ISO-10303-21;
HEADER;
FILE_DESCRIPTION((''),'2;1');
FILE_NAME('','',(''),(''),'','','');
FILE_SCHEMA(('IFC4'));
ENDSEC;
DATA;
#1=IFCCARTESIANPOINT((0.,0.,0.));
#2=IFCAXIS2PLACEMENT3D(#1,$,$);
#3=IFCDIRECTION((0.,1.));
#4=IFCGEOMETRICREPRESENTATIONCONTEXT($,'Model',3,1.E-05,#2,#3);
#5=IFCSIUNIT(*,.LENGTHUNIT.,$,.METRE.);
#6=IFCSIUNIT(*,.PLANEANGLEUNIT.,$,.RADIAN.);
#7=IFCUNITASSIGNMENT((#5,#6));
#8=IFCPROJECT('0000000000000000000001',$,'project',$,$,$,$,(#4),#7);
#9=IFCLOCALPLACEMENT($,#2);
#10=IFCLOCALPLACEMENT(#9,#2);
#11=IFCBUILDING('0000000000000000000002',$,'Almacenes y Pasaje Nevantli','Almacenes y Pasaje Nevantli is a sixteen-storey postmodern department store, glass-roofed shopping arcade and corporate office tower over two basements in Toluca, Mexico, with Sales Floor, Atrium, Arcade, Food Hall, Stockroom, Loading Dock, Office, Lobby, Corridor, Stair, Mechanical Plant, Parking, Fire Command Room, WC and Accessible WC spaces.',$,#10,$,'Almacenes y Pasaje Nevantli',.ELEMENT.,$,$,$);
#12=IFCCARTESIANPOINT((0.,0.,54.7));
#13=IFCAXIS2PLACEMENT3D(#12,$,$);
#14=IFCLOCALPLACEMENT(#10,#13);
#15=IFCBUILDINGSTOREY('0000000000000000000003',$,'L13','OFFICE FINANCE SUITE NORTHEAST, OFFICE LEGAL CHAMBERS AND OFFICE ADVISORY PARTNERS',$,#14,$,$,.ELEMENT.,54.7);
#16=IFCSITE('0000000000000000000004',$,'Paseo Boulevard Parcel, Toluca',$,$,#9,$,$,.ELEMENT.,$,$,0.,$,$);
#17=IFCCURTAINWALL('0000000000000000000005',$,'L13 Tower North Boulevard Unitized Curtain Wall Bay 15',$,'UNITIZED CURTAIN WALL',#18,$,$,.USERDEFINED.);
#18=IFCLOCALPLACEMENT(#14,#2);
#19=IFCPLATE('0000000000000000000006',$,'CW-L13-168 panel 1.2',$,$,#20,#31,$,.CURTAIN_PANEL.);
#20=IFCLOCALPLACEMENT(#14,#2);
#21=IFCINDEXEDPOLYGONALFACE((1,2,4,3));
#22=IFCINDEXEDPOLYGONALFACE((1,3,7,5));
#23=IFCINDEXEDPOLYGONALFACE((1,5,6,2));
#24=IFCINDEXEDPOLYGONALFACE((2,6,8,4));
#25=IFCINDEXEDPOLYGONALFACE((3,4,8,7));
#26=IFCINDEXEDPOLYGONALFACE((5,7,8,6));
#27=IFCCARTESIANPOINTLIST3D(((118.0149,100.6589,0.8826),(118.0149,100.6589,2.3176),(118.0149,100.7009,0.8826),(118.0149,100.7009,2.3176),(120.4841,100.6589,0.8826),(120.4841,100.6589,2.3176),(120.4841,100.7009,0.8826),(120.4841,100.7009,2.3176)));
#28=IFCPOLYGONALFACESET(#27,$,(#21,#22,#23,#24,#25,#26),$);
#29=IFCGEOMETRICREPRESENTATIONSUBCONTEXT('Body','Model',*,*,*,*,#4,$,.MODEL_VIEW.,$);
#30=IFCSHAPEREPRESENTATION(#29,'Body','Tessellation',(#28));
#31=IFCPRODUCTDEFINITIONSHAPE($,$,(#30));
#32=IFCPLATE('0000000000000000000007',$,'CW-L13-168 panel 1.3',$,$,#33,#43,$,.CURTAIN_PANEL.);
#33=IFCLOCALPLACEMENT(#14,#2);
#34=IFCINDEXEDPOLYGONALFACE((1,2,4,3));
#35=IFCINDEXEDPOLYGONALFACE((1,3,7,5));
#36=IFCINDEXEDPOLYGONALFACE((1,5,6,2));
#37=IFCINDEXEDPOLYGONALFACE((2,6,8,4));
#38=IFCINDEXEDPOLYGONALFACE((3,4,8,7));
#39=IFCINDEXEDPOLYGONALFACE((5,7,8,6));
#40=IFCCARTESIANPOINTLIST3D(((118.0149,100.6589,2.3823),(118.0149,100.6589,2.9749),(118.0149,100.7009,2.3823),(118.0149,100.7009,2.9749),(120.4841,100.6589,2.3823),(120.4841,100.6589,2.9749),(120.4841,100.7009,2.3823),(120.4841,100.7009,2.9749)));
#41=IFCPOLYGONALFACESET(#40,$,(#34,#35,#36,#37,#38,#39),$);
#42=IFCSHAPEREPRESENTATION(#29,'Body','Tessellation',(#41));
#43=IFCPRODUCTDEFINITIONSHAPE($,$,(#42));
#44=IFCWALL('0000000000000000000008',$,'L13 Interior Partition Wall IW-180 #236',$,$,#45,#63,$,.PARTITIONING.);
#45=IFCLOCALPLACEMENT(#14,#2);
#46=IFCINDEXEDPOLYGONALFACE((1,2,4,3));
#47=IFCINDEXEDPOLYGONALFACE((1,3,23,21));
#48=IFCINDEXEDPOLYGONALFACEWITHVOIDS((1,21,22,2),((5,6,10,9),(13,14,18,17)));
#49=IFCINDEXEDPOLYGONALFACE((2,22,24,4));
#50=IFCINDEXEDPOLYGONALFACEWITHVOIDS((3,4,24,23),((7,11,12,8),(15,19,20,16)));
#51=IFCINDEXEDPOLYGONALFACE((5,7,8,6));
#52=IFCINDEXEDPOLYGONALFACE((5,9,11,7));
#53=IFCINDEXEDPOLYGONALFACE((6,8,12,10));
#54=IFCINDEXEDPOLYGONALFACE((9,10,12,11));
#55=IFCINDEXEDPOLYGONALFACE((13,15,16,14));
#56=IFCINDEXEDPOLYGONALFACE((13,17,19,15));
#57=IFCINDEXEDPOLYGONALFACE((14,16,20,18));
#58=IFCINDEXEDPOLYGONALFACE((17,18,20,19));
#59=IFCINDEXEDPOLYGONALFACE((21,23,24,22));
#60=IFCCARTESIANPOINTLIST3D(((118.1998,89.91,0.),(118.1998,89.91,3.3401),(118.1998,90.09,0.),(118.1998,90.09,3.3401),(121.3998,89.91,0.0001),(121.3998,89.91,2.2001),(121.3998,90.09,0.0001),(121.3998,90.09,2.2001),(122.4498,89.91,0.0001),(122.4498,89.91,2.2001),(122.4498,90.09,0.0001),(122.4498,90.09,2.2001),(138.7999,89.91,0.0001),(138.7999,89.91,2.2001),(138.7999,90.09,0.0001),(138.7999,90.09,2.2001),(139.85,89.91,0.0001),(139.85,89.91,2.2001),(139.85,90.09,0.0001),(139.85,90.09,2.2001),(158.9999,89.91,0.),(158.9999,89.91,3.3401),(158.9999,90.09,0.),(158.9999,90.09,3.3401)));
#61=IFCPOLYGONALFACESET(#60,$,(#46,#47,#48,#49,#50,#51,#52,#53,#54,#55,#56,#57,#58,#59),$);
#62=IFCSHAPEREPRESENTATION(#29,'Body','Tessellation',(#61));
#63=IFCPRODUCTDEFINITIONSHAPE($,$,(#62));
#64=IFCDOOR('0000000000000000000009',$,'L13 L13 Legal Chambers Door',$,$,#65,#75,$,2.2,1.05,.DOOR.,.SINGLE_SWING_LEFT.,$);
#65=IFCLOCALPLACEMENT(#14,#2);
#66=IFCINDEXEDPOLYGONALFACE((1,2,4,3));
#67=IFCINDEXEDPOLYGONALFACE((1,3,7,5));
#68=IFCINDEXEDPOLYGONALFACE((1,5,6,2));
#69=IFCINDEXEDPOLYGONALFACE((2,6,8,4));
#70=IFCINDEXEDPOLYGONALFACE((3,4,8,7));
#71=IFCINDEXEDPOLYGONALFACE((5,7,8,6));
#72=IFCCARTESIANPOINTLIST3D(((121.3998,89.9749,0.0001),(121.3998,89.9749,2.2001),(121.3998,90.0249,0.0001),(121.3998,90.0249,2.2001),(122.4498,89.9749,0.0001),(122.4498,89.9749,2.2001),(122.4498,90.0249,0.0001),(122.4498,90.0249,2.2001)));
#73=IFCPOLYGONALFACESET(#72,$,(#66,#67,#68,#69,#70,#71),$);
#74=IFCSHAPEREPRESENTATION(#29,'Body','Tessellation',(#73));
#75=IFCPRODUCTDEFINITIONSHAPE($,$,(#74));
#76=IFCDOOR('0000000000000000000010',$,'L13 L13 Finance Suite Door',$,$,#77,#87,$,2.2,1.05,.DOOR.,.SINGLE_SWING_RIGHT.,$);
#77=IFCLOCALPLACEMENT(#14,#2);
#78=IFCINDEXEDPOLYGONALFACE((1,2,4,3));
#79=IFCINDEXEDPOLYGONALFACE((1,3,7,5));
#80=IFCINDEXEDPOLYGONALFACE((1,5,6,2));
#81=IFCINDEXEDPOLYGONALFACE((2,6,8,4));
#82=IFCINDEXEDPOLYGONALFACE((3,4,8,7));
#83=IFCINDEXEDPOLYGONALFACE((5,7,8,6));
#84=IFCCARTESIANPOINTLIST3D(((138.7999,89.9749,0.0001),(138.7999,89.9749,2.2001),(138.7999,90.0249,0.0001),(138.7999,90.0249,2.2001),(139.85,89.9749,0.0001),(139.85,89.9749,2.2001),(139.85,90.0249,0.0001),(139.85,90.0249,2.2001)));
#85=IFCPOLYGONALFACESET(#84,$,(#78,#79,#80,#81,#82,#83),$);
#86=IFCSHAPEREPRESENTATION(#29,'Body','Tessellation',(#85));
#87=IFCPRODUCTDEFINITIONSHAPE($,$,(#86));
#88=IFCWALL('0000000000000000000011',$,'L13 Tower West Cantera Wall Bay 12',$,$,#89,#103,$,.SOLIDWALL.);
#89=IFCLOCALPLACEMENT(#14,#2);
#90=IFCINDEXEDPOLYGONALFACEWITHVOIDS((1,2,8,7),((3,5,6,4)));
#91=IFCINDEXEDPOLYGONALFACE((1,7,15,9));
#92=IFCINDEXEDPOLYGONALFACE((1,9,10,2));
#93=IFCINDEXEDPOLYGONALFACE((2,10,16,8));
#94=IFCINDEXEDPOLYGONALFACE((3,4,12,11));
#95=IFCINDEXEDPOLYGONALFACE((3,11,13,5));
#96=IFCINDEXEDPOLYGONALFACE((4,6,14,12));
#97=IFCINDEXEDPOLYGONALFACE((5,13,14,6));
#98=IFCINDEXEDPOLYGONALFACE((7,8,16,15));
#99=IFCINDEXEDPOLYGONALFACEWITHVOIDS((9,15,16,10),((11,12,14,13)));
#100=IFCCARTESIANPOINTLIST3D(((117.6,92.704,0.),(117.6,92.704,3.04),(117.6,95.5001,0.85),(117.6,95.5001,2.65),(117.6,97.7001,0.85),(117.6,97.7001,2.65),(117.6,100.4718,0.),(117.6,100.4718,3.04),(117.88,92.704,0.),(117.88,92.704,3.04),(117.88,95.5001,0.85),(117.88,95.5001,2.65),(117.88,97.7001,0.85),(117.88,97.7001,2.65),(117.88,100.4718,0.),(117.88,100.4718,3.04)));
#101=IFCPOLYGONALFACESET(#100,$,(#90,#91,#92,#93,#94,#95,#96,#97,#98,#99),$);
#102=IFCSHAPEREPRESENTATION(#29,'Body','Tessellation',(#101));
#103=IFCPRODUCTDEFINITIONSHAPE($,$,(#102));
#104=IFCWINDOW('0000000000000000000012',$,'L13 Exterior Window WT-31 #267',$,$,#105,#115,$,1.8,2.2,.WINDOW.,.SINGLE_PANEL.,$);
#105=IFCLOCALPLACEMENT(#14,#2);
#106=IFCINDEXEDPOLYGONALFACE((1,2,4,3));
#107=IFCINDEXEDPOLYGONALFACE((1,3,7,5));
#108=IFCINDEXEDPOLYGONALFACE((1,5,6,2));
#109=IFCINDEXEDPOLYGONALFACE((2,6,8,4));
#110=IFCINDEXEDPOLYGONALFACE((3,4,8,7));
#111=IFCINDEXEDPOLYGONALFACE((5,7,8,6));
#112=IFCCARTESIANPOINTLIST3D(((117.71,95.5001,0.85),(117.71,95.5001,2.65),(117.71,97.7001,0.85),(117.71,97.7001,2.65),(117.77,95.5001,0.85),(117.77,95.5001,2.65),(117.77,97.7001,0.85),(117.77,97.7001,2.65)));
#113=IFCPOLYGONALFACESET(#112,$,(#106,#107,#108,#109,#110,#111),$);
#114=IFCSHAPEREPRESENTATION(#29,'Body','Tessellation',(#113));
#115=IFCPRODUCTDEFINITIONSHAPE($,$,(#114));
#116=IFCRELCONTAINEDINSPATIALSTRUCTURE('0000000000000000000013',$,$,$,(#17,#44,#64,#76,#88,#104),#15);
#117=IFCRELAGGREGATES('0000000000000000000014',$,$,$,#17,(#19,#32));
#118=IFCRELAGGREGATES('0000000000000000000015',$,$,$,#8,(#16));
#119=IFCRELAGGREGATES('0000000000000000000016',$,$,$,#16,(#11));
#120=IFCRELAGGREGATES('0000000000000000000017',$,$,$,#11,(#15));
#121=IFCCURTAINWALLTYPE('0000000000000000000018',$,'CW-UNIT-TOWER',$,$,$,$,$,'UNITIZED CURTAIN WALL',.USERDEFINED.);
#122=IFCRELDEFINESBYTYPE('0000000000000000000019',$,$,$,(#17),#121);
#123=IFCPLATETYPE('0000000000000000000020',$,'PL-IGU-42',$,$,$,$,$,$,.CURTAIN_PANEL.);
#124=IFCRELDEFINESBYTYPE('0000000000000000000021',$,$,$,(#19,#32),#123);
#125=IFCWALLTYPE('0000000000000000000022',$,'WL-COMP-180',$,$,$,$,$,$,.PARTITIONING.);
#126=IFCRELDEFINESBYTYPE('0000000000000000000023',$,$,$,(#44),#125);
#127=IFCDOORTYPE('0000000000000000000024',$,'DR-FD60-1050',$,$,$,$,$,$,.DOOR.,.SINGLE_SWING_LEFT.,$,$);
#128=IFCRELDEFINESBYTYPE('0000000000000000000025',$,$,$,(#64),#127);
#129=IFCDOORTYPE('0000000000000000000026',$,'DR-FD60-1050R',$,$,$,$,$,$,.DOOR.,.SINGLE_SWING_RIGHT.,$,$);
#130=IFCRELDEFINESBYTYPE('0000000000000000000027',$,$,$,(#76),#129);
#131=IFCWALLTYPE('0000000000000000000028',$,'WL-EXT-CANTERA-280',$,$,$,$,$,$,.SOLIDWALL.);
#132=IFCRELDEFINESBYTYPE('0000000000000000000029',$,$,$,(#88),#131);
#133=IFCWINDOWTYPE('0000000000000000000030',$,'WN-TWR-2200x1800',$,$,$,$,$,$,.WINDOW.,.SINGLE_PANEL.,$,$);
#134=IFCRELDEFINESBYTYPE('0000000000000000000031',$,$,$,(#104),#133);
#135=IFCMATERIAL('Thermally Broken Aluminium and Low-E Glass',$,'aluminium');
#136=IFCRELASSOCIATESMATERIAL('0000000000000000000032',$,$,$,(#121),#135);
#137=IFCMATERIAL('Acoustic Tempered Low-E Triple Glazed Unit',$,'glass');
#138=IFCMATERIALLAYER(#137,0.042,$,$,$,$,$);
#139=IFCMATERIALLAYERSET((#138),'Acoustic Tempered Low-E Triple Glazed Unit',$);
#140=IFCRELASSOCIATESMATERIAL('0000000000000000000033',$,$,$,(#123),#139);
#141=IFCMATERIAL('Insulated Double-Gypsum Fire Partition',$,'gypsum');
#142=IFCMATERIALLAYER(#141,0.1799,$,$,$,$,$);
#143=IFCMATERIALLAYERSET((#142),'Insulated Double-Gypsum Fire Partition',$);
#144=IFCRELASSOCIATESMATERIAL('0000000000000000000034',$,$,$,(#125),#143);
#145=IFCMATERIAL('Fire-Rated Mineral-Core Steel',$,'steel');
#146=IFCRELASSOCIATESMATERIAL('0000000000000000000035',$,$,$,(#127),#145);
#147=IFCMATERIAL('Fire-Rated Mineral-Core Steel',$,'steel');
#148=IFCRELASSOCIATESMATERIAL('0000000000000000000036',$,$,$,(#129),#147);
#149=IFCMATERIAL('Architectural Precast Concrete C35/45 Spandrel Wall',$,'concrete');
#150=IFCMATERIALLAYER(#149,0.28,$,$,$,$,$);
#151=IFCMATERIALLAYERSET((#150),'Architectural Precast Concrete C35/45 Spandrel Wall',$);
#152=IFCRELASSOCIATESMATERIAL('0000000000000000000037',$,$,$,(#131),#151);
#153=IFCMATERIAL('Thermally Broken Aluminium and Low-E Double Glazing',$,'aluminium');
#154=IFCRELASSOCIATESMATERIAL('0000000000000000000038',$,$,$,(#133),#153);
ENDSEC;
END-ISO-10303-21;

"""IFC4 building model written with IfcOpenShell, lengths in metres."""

from ifc_helpers import new_model, si_unit, direction, frame, frame_2d, origin, origin_2d, place, context, subcontext, project, spatial, rectangle, extrude, material, layer, layer_set, type_object, element, fill, aggregate, save


model = new_model("IFC4")

# Units and contexts
model_context = context("Model", 3, precision=1e-05, world=origin(), true_north=direction((0.0, 1.0)))
body_context = subcontext(model_context, "Body", "Model", "MODEL_VIEW")
ifc_project = project(units=[si_unit("LENGTHUNIT", "METRE"), si_unit("PLANEANGLEUNIT", "RADIAN")], contexts=[model_context])

# Site, building, storey
site_placement = place(None, origin())
site = spatial("IfcSite", under=ifc_project, at=site_placement, Name="Paseo Boulevard Parcel, Toluca", CompositionType="ELEMENT", RefElevation=0.0)
building_placement = place(site_placement, origin())
building = spatial("IfcBuilding", under=site, at=building_placement, Name="Almacenes y Pasaje Nevantli", Description="Almacenes y Pasaje Nevantli is a sixteen-storey postmodern department store, glass-roofed shopping arcade and corporate office tower over two basements in Toluca, Mexico, with Sales Floor, Atrium, Arcade, Food Hall, Stockroom, Loading Dock, Office, Lobby, Corridor, Stair, Mechanical Plant, Parking, Fire Command Room, WC and Accessible WC spaces.", LongName="Almacenes y Pasaje Nevantli", CompositionType="ELEMENT")
storey_placement = place(building_placement, frame((0.0, 0.0, 54.7)))
storey = spatial("IfcBuildingStorey", under=building, at=storey_placement, Name="L13", Description="OFFICE FINANCE SUITE NORTHEAST, OFFICE LEGAL CHAMBERS AND OFFICE ADVISORY PARTNERS", CompositionType="ELEMENT", Elevation=54.7)

# Curtain wall
ifc_material_1 = material(Name="Thermally Broken Aluminium and Low-E Glass", Category="aluminium")
curtain_wall_type = type_object("IfcCurtainWallType", Name="CW-UNIT-TOWER", ElementType="UNITIZED CURTAIN WALL", PredefinedType="USERDEFINED", material=ifc_material_1)
curtain_wall_1_placement = place(storey_placement, origin())
curtain_wall_1 = element("IfcCurtainWall", 1, at=curtain_wall_1_placement, inside=storey, type_object=curtain_wall_type, Name="L13 Tower North Boulevard Unitized Curtain Wall Bay 15", ObjectType="UNITIZED CURTAIN WALL", PredefinedType="USERDEFINED")

# Plates
ifc_material_2 = material(Name="Acoustic Tempered Low-E Triple Glazed Unit", Category="glass")
ifc_layer_1 = layer(ifc_material_2, 0.042)
ifc_layer_set_1 = layer_set([ifc_layer_1], Name="Acoustic Tempered Low-E Triple Glazed Unit")
plate_type_1 = type_object("IfcPlateType", Name="PL-IGU-42", PredefinedType="CURTAIN_PANEL", material=ifc_layer_set_1)
plate_1_placement = place(storey_placement, frame((119.2495, 100.6799, 0.8826), z_axis=(0.0, 0.0, 1.0), x_axis=(1.0, 0.0, 0.0)))
plate_1 = element("IfcPlate", 2, at=plate_1_placement, type_object=plate_type_1, Name="CW-L13-168 panel 1.2", PredefinedType="CURTAIN_PANEL", context=body_context, shape_type="SweptSolid", body=[
    extrude(rectangle(XDim=2.4692, YDim=0.042, at=origin_2d()), origin(), (0.0, 0.0, 1.0), 1.4351),
])
plate_2_placement = place(storey_placement, frame((119.2495, 100.6799, 2.3823), z_axis=(0.0, 0.0, 1.0), x_axis=(1.0, 0.0, 0.0)))
plate_2 = element("IfcPlate", 3, at=plate_2_placement, type_object=plate_type_1, Name="CW-L13-168 panel 1.3", PredefinedType="CURTAIN_PANEL", context=body_context, shape_type="SweptSolid", body=[
    extrude(rectangle(XDim=2.4692, YDim=0.042, at=origin_2d()), origin(), (0.0, 0.0, 1.0), 0.5925),
])
aggregate(curtain_wall_1, [plate_1, plate_2])

# Wall, openings, doors
ifc_material_3 = material(Name="Insulated Double-Gypsum Fire Partition", Category="gypsum")
ifc_layer_2 = layer(ifc_material_3, 0.1799)
ifc_layer_set_2 = layer_set([ifc_layer_2], Name="Insulated Double-Gypsum Fire Partition")
wall_type_1 = type_object("IfcWallType", Name="WL-COMP-180", PredefinedType="PARTITIONING", material=ifc_layer_set_2)
wall_1_placement = place(storey_placement, frame((118.2, 90.0, 0.0), z_axis=(0.0, 0.0, 1.0), x_axis=(1.0, 0.0, 0.0)))
wall_1 = element("IfcWall", 4, at=wall_1_placement, inside=storey, type_object=wall_type_1, Name="L13 Interior Partition Wall IW-180 #236", PredefinedType="PARTITIONING", context=body_context, shape_type="SweptSolid", body=[
    extrude(rectangle(XDim=40.8, YDim=0.1799, at=frame_2d((20.3999, 0.0))), origin(), (0.0, 0.0, 1.0), 3.3401),
])
opening_1_placement = place(wall_1_placement, frame((3.2, 0.0, 0.0)))
opening_1 = element("IfcOpeningElement", 5, at=opening_1_placement, cuts=wall_1, PredefinedType="OPENING", context=body_context, shape_type="SweptSolid", body=[
    extrude(rectangle(XDim=1.05, YDim=2.2, at=frame_2d((0.5249, 1.1001))), frame((0.0, 0.0999, 0.0), z_axis=(0.0, -1.0, 0.0), x_axis=(1.0, 0.0, 0.0)), (0.0, 0.0, 1.0), 0.2),
])
opening_2_placement = place(wall_1_placement, frame((20.6001, 0.0, 0.0)))
opening_2 = element("IfcOpeningElement", 6, at=opening_2_placement, cuts=wall_1, PredefinedType="OPENING", context=body_context, shape_type="SweptSolid", body=[
    extrude(rectangle(XDim=1.05, YDim=2.2, at=frame_2d((0.5249, 1.1001))), frame((0.0, 0.0999, 0.0), z_axis=(0.0, -1.0, 0.0), x_axis=(1.0, 0.0, 0.0)), (0.0, 0.0, 1.0), 0.2),
])
ifc_material_4 = material(Name="Fire-Rated Mineral-Core Steel", Category="steel")
door_type_1 = type_object("IfcDoorType", Name="DR-FD60-1050", OperationType="SINGLE_SWING_LEFT", PredefinedType="DOOR", material=ifc_material_4)
door_1_placement = place(opening_1_placement, origin())
door_1 = element("IfcDoor", 7, at=door_1_placement, inside=storey, type_object=door_type_1, Name="L13 L13 Legal Chambers Door", OperationType="SINGLE_SWING_LEFT", OverallHeight=2.2, OverallWidth=1.05, PredefinedType="DOOR", context=body_context, shape_type="SweptSolid", body=[
    extrude(rectangle(XDim=1.05, YDim=2.2, at=frame_2d((0.5249, 1.1001))), frame((0.0, 0.0249, 0.0), z_axis=(0.0, -1.0, 0.0), x_axis=(1.0, 0.0, 0.0)), (0.0, 0.0, 1.0), 0.05),
])
fill(opening_1, door_1)
ifc_material_5 = material(Name="Fire-Rated Mineral-Core Steel", Category="steel")
door_type_2 = type_object("IfcDoorType", Name="DR-FD60-1050R", OperationType="SINGLE_SWING_RIGHT", PredefinedType="DOOR", material=ifc_material_5)
door_2_placement = place(opening_2_placement, origin())
door_2 = element("IfcDoor", 8, at=door_2_placement, inside=storey, type_object=door_type_2, Name="L13 L13 Finance Suite Door", OperationType="SINGLE_SWING_RIGHT", OverallHeight=2.2, OverallWidth=1.05, PredefinedType="DOOR", context=body_context, shape_type="SweptSolid", body=[
    extrude(rectangle(XDim=1.05, YDim=2.2, at=frame_2d((0.5249, 1.1001))), frame((0.0, 0.0249, 0.0), z_axis=(0.0, -1.0, 0.0), x_axis=(1.0, 0.0, 0.0)), (0.0, 0.0, 1.0), 0.05),
])
fill(opening_2, door_2)

# Wall, opening, window
ifc_material_6 = material(Name="Architectural Precast Concrete C35/45 Spandrel Wall", Category="concrete")
ifc_layer_3 = layer(ifc_material_6, 0.28)
ifc_layer_set_3 = layer_set([ifc_layer_3], Name="Architectural Precast Concrete C35/45 Spandrel Wall")
wall_type_2 = type_object("IfcWallType", Name="WL-EXT-CANTERA-280", PredefinedType="SOLIDWALL", material=ifc_layer_set_3)
wall_2_placement = place(storey_placement, frame((117.74, 92.7041, 0.0), z_axis=(0.0, 0.0, 1.0), x_axis=(0.0, 1.0, 0.0)))
wall_2 = element("IfcWall", 9, at=wall_2_placement, inside=storey, type_object=wall_type_2, Name="L13 Tower West Cantera Wall Bay 12", PredefinedType="SOLIDWALL", context=body_context, shape_type="SweptSolid", body=[
    extrude(rectangle(XDim=7.7678, YDim=0.28, at=frame_2d((3.8838, 0.0))), origin(), (0.0, 0.0, 1.0), 3.04),
])
opening_3_placement = place(wall_2_placement, frame((2.7959, 0.0, 0.8501)))
opening_3 = element("IfcOpeningElement", 10, at=opening_3_placement, cuts=wall_2, PredefinedType="OPENING", context=body_context, shape_type="SweptSolid", body=[
    extrude(rectangle(XDim=2.2, YDim=1.8, at=frame_2d((1.1001, 0.8999))), frame((0.0, 0.1499, 0.0), z_axis=(0.0, -1.0, 0.0), x_axis=(1.0, 0.0, 0.0)), (0.0, 0.0, 1.0), 0.3),
])
ifc_material_7 = material(Name="Thermally Broken Aluminium and Low-E Double Glazing", Category="aluminium")
window_type = type_object("IfcWindowType", Name="WN-TWR-2200x1800", PartitioningType="SINGLE_PANEL", PredefinedType="WINDOW", material=ifc_material_7)
window_placement = place(opening_3_placement, origin())
window = element("IfcWindow", 11, at=window_placement, inside=storey, type_object=window_type, Name="L13 Exterior Window WT-31 #267", OverallHeight=1.8, OverallWidth=2.2, PartitioningType="SINGLE_PANEL", PredefinedType="WINDOW", context=body_context, shape_type="SweptSolid", body=[
    extrude(rectangle(XDim=2.2, YDim=1.8, at=frame_2d((1.1001, 0.8999))), frame((0.0, 0.03, 0.0), z_axis=(0.0, -1.0, 0.0), x_axis=(1.0, 0.0, 0.0)), (0.0, 0.0, 1.0), 0.0601),
])
fill(opening_3, window)

save(model, "model.ifc")
